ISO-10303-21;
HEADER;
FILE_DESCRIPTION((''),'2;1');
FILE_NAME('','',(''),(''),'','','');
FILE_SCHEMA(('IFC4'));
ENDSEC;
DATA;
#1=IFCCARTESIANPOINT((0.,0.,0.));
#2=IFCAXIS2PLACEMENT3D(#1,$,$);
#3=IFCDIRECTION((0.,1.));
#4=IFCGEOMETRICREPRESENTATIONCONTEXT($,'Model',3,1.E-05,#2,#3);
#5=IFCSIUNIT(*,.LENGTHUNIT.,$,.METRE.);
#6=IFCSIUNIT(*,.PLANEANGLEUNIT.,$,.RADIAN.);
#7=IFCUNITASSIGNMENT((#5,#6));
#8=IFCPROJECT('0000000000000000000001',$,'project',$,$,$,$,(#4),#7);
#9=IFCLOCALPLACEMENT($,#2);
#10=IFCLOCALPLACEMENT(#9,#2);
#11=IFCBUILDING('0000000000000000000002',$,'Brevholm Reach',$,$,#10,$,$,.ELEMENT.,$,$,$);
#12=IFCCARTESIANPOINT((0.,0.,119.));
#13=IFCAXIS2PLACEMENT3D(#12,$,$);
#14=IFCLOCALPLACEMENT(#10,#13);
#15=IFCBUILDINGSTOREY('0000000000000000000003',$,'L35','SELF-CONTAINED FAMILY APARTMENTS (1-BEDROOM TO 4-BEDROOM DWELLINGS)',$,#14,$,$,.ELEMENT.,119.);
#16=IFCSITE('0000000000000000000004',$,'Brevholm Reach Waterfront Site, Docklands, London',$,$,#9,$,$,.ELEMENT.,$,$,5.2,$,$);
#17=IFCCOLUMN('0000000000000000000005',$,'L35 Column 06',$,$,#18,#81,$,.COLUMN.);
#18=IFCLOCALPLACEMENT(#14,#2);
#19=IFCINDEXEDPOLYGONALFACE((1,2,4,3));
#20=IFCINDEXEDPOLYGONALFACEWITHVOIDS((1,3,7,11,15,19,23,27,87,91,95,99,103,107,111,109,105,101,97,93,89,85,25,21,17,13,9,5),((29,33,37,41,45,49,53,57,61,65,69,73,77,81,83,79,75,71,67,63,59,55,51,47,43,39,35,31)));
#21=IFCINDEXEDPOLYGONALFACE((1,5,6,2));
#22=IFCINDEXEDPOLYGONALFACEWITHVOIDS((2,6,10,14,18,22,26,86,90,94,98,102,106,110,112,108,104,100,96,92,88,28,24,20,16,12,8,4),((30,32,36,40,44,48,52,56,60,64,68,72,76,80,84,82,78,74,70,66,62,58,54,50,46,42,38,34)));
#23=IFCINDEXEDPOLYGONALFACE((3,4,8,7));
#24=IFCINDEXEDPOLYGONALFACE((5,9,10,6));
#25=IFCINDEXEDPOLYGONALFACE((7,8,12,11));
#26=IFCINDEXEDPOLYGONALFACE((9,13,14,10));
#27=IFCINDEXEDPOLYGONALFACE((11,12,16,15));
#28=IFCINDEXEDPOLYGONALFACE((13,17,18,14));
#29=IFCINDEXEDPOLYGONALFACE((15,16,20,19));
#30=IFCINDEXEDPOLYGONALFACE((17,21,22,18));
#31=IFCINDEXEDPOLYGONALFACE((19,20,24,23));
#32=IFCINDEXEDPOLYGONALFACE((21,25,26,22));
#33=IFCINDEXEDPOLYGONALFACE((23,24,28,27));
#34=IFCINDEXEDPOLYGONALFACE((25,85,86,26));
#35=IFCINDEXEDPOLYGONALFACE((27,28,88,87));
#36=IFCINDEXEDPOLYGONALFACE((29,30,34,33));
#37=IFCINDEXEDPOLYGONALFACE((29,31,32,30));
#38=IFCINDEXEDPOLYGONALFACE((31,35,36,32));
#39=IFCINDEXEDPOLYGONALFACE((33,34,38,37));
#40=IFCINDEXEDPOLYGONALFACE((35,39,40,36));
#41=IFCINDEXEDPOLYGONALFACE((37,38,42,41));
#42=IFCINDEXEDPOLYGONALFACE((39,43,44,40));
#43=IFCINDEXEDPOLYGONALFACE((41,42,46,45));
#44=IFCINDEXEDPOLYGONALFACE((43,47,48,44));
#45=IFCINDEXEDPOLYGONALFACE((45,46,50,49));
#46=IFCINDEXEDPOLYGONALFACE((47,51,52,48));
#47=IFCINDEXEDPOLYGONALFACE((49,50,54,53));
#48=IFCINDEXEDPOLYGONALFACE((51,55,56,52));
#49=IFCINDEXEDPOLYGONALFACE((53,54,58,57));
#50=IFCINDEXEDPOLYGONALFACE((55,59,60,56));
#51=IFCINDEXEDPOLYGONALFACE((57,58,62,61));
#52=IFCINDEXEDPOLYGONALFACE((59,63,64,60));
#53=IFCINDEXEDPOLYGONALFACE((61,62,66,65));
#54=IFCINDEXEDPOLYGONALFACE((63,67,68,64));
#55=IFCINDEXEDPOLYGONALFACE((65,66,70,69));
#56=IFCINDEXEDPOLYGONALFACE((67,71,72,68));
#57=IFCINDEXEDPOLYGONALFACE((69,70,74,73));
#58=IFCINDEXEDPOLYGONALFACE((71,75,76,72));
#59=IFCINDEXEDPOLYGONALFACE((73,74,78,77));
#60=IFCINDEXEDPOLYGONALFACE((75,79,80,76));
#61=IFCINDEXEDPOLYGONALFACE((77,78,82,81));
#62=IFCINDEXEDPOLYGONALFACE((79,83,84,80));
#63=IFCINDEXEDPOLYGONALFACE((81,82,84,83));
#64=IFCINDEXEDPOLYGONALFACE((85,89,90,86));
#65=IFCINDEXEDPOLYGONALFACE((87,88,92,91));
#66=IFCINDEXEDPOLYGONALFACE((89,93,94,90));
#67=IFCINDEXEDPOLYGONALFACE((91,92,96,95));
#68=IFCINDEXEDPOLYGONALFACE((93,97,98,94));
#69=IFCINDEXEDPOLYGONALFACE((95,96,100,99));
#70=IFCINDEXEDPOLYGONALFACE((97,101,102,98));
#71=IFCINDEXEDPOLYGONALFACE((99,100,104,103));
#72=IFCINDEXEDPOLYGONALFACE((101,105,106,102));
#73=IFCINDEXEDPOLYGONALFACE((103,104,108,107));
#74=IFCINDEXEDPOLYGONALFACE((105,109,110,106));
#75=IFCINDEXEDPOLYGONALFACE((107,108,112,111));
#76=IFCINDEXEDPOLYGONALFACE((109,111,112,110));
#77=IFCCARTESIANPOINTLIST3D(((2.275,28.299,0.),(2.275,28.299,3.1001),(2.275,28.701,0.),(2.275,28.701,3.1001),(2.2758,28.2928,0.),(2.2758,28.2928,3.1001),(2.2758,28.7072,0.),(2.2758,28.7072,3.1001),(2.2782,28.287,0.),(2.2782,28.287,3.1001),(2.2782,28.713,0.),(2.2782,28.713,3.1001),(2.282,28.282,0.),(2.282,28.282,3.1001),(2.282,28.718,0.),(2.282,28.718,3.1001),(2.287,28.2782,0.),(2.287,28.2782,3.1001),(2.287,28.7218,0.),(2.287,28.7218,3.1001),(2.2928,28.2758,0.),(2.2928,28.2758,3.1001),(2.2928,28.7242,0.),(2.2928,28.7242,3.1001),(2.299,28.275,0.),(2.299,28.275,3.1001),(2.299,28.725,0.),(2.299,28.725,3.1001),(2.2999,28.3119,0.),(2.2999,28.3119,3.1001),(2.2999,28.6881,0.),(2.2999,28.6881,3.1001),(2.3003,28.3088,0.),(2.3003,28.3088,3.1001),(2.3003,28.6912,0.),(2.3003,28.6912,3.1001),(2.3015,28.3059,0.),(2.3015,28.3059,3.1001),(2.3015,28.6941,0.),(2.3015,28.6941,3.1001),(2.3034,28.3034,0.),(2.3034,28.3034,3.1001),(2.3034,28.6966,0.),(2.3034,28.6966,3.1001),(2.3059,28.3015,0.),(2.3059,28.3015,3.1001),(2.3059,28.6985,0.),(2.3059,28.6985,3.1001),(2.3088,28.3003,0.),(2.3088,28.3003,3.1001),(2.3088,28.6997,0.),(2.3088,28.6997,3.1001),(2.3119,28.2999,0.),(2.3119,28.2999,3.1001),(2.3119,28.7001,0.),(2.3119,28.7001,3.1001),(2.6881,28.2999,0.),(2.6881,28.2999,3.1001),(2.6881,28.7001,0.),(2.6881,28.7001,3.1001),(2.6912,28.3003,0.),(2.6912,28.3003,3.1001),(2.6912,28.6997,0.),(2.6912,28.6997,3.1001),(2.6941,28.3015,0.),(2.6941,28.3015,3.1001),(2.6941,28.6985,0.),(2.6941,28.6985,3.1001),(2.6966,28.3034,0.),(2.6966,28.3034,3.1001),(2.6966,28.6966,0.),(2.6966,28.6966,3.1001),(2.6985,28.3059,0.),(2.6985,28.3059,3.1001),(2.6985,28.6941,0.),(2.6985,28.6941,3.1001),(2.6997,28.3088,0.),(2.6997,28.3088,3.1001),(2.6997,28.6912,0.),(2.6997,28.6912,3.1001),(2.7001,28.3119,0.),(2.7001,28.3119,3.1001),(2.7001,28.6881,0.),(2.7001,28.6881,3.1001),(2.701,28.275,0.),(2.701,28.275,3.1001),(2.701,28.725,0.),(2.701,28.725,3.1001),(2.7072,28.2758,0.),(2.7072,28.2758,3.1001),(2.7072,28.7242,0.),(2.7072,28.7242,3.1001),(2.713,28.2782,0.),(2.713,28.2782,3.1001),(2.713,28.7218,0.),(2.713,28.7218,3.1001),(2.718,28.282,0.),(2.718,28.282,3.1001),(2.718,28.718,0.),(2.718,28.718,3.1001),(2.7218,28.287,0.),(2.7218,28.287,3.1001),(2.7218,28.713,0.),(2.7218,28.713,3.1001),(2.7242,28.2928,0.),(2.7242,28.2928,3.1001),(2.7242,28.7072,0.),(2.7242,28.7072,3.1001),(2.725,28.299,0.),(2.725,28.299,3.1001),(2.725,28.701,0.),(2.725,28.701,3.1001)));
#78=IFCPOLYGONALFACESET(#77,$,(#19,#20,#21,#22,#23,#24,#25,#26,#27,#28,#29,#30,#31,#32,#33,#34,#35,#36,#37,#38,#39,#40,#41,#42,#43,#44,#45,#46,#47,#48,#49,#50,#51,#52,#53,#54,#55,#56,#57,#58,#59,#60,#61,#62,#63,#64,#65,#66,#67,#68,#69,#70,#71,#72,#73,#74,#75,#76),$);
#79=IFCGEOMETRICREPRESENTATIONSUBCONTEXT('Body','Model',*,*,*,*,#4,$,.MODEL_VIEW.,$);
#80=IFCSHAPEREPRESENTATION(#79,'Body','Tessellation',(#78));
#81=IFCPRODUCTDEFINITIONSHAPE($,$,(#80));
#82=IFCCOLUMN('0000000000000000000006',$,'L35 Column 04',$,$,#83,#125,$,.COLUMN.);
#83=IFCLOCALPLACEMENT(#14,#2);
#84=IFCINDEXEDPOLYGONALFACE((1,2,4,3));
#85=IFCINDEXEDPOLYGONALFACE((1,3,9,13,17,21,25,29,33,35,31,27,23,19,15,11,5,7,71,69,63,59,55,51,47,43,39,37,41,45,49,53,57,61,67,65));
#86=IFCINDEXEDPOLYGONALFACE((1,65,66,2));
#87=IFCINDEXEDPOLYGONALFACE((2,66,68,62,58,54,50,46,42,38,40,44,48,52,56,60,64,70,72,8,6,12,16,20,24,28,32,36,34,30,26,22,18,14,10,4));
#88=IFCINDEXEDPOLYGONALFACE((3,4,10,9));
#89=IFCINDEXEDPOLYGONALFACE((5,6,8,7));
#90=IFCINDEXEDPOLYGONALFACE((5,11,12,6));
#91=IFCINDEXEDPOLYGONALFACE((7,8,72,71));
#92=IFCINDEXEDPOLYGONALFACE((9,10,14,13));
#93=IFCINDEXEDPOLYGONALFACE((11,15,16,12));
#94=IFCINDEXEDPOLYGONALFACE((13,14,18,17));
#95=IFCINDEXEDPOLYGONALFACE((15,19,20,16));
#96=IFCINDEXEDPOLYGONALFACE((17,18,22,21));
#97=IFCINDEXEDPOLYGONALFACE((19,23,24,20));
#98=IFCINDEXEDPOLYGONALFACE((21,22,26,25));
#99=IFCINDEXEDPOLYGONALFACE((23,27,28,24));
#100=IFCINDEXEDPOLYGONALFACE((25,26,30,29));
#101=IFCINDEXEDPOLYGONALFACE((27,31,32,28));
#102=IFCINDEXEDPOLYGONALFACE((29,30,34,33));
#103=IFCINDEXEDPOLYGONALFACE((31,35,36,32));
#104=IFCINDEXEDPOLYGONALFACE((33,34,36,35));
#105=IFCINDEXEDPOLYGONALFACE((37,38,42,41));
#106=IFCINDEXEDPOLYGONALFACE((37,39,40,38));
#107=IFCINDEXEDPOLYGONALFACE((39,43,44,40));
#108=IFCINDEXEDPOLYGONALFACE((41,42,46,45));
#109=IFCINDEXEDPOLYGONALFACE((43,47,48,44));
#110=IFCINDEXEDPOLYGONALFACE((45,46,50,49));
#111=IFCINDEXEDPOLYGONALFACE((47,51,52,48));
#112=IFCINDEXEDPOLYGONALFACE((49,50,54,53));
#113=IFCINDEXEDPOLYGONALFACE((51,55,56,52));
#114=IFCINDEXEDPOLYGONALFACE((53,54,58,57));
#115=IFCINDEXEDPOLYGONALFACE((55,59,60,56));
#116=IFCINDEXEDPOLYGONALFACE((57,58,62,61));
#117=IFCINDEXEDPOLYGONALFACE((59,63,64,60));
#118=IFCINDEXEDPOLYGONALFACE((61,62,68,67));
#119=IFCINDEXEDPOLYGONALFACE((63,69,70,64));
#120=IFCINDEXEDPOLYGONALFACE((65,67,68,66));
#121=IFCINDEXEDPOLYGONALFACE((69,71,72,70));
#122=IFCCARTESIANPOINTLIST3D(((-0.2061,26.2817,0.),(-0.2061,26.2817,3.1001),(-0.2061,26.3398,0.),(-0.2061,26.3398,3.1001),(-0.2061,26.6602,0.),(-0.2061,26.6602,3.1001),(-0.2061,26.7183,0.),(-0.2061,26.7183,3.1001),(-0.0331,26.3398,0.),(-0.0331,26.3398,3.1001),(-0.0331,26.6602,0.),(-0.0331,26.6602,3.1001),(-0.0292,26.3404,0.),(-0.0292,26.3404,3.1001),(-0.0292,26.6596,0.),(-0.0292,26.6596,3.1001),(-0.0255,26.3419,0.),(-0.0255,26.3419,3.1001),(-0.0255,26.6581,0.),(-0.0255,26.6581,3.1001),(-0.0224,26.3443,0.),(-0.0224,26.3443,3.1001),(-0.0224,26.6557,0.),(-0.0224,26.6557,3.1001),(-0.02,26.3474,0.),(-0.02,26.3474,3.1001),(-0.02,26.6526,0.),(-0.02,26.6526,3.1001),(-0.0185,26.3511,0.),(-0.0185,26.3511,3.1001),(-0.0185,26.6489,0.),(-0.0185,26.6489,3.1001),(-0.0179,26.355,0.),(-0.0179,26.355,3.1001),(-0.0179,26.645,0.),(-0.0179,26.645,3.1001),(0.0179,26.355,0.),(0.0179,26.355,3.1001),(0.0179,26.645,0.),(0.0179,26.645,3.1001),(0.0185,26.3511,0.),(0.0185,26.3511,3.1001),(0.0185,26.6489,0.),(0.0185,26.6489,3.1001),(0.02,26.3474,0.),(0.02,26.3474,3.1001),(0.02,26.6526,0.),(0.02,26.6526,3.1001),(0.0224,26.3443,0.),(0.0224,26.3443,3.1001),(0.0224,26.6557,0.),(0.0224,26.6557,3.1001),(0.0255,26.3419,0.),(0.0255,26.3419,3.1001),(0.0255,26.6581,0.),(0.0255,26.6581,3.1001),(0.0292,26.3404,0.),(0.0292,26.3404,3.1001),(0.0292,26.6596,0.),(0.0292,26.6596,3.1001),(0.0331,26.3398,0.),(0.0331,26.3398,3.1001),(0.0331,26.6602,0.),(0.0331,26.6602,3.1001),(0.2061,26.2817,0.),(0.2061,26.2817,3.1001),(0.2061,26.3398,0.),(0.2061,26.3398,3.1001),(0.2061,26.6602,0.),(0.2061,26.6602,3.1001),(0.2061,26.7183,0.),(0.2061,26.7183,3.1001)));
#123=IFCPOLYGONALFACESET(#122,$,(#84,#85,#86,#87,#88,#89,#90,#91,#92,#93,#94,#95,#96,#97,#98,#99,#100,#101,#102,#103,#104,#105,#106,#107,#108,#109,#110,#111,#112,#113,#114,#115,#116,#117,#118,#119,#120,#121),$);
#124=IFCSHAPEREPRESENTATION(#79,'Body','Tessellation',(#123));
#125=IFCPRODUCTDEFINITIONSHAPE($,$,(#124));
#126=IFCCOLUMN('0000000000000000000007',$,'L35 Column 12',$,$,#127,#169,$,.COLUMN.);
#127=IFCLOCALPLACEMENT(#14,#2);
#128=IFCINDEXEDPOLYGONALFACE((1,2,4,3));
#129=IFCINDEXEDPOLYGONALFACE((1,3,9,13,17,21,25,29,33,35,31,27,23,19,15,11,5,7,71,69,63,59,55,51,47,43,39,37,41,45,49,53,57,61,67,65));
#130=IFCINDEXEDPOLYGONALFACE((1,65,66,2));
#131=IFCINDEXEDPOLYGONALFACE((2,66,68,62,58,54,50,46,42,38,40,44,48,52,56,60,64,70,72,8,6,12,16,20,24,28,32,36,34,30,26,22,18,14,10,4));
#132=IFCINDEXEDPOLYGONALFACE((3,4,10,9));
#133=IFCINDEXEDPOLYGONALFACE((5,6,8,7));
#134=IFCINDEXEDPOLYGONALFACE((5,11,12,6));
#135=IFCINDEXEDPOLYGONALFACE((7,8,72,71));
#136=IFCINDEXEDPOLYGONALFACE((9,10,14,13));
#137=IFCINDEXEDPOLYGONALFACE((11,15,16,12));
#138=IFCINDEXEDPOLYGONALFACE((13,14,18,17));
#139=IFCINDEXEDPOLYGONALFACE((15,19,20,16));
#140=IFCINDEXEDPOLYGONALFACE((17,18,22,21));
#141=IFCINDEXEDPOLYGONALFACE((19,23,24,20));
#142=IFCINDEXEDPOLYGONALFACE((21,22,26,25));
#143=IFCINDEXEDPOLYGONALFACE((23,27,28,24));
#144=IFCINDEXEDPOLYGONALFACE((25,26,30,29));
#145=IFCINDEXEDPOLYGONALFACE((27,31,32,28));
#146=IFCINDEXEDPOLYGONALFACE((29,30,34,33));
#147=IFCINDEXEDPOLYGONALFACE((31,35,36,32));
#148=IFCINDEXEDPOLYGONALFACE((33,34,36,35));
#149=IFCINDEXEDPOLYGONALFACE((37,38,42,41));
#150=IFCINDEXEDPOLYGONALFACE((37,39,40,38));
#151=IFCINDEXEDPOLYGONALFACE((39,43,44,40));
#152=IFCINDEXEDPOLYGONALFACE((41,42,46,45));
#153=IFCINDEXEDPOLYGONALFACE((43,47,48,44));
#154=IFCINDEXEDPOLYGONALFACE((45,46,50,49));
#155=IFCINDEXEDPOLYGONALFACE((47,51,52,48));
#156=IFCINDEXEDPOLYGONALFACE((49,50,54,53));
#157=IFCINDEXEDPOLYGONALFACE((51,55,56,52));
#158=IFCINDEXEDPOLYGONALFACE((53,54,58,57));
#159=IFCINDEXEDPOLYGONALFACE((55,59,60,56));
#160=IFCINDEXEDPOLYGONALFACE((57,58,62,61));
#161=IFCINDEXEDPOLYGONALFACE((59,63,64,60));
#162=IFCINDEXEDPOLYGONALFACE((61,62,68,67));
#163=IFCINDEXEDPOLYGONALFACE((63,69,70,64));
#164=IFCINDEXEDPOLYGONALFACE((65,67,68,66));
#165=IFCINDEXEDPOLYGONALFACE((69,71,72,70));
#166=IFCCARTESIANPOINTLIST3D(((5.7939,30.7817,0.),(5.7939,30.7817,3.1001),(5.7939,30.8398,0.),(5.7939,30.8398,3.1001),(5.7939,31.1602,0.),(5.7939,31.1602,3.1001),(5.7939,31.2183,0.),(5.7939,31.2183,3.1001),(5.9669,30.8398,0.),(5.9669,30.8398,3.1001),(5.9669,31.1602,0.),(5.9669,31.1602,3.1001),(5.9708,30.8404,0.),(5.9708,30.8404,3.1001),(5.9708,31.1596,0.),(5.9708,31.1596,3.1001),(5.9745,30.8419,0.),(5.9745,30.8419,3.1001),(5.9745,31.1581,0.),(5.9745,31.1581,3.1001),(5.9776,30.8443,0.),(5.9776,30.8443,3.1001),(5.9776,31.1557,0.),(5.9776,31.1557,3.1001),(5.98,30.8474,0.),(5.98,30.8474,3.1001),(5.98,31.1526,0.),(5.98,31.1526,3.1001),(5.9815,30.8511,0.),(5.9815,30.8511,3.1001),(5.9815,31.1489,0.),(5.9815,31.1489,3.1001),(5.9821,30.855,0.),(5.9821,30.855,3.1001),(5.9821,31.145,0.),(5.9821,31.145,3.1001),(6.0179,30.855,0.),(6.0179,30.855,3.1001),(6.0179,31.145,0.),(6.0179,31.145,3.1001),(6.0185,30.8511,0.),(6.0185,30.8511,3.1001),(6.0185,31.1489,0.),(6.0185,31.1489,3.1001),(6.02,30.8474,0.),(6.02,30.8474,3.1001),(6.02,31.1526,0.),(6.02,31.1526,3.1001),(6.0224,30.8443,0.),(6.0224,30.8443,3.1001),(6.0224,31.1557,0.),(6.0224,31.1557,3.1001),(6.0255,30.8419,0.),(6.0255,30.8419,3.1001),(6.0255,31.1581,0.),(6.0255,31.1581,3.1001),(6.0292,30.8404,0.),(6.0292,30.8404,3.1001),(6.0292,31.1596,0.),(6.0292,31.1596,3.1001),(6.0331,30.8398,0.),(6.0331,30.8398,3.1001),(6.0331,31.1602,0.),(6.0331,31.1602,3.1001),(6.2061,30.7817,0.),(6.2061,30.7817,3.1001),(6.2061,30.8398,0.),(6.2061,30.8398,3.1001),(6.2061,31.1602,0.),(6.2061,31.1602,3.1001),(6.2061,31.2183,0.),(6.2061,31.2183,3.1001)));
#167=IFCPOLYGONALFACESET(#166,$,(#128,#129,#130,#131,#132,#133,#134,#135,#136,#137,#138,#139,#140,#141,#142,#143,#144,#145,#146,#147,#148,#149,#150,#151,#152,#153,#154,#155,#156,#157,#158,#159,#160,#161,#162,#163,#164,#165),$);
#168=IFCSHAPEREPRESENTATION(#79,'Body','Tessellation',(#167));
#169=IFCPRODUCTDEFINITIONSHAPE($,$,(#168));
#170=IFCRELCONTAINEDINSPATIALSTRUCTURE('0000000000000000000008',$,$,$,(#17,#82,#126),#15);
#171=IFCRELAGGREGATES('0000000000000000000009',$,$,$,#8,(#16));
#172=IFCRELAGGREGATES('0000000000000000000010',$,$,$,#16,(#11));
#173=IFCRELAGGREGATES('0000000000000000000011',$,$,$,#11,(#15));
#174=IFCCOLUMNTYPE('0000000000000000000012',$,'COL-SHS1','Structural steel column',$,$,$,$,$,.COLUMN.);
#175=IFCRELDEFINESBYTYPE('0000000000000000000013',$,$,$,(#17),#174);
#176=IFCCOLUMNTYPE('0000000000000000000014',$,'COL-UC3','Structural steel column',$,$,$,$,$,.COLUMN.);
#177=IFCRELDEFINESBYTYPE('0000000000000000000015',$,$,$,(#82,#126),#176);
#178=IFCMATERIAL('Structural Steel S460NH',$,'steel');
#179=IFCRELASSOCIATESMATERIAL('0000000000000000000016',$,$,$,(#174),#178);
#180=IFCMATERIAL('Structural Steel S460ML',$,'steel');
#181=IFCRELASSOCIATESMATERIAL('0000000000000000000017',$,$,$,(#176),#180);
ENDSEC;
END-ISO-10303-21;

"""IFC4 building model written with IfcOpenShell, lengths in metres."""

from ifc_helpers import new_model, si_unit, direction, frame, origin, origin_2d, place, context, subcontext, project, spatial, hollow_rectangle, i_section, extrude, material, material_profile, profile_set, type_object, element, save


model = new_model("IFC4")

# Units and contexts
model_context = context("Model", 3, precision=1e-05, world=origin(), true_north=direction((0.0, 1.0)))
body_context = subcontext(model_context, "Body", "Model", "MODEL_VIEW")
ifc_project = project(units=[si_unit("LENGTHUNIT", "METRE"), si_unit("PLANEANGLEUNIT", "RADIAN")], contexts=[model_context])

# Site, building, storey
site_placement = place(None, origin())
site = spatial("IfcSite", under=ifc_project, at=site_placement, Name="Brevholm Reach Waterfront Site, Docklands, London", CompositionType="ELEMENT", RefElevation=5.2)
building_placement = place(site_placement, origin())
building = spatial("IfcBuilding", under=site, at=building_placement, Name="Brevholm Reach", CompositionType="ELEMENT")
storey_placement = place(building_placement, frame((0.0, 0.0, 119.0)))
storey = spatial("IfcBuildingStorey", under=building, at=storey_placement, Name="L35", Description="SELF-CONTAINED FAMILY APARTMENTS (1-BEDROOM TO 4-BEDROOM DWELLINGS)", CompositionType="ELEMENT", Elevation=119.0)

# Columns
ifc_material_1 = material(Name="Structural Steel S460NH", Category="steel")
ifc_material_profile_1 = material_profile(ifc_material_1, hollow_rectangle(XDim=0.45, YDim=0.45, WallThickness=0.0249, InnerFilletRadius=0.012, OuterFilletRadius=0.0239, at=origin_2d()), Name="SHS 450x450x25")
ifc_profile_set_1 = profile_set([ifc_material_profile_1], Name="Structural Steel S460NH")
column_type_1 = type_object("IfcColumnType", Name="COL-SHS1", Description="Structural steel column", PredefinedType="COLUMN", material=ifc_profile_set_1)
column_placement = place(storey_placement, frame((2.5, 28.5, 0.0), z_axis=(0.0, 0.0, 1.0), x_axis=(1.0, 0.0, 0.0)))
element("IfcColumn", 1, at=column_placement, inside=storey, type_object=column_type_1, Name="L35 Column 06", PredefinedType="COLUMN", context=body_context, shape_type="SweptSolid", body=[
    extrude(hollow_rectangle(XDim=0.45, YDim=0.45, WallThickness=0.0249, InnerFilletRadius=0.012, OuterFilletRadius=0.0239, at=origin_2d()), origin(), (0.0, 0.0, 1.0), 3.1001),
])
ifc_material_2 = material(Name="Structural Steel S460ML", Category="steel")
ifc_material_profile_2 = material_profile(ifc_material_2, i_section(OverallWidth=0.4121, OverallDepth=0.4365, WebThickness=0.0359, FlangeThickness=0.0581, FilletRadius=0.0151, at=origin_2d()), Name="UKC 356x406x467")
ifc_profile_set_2 = profile_set([ifc_material_profile_2], Name="Structural Steel S460ML")
column_type_2 = type_object("IfcColumnType", Name="COL-UC3", Description="Structural steel column", PredefinedType="COLUMN", material=ifc_profile_set_2)
for number, where, z_axis, x_axis, name in (
    (2, (0.0, 26.5, 0.0), (0.0, 0.0, 1.0), (1.0, 0.0, 0.0), "L35 Column 04"),
    (3, (6.0, 31.0, 0.0), (0.0, 0.0, 1.0), (1.0, 0.0, 0.0), "L35 Column 12"),
):
    element("IfcColumn", number, at=place(storey_placement, frame(where, z_axis=z_axis, x_axis=x_axis)), inside=storey, type_object=column_type_2, Name=name, PredefinedType="COLUMN", context=body_context, shape_type="SweptSolid", body=[
        extrude(i_section(OverallWidth=0.4121, OverallDepth=0.4365, WebThickness=0.0359, FlangeThickness=0.0581, FilletRadius=0.0151, at=origin_2d()), origin(), (0.0, 0.0, 1.0), 3.1001),
    ])

save(model, "model.ifc")
